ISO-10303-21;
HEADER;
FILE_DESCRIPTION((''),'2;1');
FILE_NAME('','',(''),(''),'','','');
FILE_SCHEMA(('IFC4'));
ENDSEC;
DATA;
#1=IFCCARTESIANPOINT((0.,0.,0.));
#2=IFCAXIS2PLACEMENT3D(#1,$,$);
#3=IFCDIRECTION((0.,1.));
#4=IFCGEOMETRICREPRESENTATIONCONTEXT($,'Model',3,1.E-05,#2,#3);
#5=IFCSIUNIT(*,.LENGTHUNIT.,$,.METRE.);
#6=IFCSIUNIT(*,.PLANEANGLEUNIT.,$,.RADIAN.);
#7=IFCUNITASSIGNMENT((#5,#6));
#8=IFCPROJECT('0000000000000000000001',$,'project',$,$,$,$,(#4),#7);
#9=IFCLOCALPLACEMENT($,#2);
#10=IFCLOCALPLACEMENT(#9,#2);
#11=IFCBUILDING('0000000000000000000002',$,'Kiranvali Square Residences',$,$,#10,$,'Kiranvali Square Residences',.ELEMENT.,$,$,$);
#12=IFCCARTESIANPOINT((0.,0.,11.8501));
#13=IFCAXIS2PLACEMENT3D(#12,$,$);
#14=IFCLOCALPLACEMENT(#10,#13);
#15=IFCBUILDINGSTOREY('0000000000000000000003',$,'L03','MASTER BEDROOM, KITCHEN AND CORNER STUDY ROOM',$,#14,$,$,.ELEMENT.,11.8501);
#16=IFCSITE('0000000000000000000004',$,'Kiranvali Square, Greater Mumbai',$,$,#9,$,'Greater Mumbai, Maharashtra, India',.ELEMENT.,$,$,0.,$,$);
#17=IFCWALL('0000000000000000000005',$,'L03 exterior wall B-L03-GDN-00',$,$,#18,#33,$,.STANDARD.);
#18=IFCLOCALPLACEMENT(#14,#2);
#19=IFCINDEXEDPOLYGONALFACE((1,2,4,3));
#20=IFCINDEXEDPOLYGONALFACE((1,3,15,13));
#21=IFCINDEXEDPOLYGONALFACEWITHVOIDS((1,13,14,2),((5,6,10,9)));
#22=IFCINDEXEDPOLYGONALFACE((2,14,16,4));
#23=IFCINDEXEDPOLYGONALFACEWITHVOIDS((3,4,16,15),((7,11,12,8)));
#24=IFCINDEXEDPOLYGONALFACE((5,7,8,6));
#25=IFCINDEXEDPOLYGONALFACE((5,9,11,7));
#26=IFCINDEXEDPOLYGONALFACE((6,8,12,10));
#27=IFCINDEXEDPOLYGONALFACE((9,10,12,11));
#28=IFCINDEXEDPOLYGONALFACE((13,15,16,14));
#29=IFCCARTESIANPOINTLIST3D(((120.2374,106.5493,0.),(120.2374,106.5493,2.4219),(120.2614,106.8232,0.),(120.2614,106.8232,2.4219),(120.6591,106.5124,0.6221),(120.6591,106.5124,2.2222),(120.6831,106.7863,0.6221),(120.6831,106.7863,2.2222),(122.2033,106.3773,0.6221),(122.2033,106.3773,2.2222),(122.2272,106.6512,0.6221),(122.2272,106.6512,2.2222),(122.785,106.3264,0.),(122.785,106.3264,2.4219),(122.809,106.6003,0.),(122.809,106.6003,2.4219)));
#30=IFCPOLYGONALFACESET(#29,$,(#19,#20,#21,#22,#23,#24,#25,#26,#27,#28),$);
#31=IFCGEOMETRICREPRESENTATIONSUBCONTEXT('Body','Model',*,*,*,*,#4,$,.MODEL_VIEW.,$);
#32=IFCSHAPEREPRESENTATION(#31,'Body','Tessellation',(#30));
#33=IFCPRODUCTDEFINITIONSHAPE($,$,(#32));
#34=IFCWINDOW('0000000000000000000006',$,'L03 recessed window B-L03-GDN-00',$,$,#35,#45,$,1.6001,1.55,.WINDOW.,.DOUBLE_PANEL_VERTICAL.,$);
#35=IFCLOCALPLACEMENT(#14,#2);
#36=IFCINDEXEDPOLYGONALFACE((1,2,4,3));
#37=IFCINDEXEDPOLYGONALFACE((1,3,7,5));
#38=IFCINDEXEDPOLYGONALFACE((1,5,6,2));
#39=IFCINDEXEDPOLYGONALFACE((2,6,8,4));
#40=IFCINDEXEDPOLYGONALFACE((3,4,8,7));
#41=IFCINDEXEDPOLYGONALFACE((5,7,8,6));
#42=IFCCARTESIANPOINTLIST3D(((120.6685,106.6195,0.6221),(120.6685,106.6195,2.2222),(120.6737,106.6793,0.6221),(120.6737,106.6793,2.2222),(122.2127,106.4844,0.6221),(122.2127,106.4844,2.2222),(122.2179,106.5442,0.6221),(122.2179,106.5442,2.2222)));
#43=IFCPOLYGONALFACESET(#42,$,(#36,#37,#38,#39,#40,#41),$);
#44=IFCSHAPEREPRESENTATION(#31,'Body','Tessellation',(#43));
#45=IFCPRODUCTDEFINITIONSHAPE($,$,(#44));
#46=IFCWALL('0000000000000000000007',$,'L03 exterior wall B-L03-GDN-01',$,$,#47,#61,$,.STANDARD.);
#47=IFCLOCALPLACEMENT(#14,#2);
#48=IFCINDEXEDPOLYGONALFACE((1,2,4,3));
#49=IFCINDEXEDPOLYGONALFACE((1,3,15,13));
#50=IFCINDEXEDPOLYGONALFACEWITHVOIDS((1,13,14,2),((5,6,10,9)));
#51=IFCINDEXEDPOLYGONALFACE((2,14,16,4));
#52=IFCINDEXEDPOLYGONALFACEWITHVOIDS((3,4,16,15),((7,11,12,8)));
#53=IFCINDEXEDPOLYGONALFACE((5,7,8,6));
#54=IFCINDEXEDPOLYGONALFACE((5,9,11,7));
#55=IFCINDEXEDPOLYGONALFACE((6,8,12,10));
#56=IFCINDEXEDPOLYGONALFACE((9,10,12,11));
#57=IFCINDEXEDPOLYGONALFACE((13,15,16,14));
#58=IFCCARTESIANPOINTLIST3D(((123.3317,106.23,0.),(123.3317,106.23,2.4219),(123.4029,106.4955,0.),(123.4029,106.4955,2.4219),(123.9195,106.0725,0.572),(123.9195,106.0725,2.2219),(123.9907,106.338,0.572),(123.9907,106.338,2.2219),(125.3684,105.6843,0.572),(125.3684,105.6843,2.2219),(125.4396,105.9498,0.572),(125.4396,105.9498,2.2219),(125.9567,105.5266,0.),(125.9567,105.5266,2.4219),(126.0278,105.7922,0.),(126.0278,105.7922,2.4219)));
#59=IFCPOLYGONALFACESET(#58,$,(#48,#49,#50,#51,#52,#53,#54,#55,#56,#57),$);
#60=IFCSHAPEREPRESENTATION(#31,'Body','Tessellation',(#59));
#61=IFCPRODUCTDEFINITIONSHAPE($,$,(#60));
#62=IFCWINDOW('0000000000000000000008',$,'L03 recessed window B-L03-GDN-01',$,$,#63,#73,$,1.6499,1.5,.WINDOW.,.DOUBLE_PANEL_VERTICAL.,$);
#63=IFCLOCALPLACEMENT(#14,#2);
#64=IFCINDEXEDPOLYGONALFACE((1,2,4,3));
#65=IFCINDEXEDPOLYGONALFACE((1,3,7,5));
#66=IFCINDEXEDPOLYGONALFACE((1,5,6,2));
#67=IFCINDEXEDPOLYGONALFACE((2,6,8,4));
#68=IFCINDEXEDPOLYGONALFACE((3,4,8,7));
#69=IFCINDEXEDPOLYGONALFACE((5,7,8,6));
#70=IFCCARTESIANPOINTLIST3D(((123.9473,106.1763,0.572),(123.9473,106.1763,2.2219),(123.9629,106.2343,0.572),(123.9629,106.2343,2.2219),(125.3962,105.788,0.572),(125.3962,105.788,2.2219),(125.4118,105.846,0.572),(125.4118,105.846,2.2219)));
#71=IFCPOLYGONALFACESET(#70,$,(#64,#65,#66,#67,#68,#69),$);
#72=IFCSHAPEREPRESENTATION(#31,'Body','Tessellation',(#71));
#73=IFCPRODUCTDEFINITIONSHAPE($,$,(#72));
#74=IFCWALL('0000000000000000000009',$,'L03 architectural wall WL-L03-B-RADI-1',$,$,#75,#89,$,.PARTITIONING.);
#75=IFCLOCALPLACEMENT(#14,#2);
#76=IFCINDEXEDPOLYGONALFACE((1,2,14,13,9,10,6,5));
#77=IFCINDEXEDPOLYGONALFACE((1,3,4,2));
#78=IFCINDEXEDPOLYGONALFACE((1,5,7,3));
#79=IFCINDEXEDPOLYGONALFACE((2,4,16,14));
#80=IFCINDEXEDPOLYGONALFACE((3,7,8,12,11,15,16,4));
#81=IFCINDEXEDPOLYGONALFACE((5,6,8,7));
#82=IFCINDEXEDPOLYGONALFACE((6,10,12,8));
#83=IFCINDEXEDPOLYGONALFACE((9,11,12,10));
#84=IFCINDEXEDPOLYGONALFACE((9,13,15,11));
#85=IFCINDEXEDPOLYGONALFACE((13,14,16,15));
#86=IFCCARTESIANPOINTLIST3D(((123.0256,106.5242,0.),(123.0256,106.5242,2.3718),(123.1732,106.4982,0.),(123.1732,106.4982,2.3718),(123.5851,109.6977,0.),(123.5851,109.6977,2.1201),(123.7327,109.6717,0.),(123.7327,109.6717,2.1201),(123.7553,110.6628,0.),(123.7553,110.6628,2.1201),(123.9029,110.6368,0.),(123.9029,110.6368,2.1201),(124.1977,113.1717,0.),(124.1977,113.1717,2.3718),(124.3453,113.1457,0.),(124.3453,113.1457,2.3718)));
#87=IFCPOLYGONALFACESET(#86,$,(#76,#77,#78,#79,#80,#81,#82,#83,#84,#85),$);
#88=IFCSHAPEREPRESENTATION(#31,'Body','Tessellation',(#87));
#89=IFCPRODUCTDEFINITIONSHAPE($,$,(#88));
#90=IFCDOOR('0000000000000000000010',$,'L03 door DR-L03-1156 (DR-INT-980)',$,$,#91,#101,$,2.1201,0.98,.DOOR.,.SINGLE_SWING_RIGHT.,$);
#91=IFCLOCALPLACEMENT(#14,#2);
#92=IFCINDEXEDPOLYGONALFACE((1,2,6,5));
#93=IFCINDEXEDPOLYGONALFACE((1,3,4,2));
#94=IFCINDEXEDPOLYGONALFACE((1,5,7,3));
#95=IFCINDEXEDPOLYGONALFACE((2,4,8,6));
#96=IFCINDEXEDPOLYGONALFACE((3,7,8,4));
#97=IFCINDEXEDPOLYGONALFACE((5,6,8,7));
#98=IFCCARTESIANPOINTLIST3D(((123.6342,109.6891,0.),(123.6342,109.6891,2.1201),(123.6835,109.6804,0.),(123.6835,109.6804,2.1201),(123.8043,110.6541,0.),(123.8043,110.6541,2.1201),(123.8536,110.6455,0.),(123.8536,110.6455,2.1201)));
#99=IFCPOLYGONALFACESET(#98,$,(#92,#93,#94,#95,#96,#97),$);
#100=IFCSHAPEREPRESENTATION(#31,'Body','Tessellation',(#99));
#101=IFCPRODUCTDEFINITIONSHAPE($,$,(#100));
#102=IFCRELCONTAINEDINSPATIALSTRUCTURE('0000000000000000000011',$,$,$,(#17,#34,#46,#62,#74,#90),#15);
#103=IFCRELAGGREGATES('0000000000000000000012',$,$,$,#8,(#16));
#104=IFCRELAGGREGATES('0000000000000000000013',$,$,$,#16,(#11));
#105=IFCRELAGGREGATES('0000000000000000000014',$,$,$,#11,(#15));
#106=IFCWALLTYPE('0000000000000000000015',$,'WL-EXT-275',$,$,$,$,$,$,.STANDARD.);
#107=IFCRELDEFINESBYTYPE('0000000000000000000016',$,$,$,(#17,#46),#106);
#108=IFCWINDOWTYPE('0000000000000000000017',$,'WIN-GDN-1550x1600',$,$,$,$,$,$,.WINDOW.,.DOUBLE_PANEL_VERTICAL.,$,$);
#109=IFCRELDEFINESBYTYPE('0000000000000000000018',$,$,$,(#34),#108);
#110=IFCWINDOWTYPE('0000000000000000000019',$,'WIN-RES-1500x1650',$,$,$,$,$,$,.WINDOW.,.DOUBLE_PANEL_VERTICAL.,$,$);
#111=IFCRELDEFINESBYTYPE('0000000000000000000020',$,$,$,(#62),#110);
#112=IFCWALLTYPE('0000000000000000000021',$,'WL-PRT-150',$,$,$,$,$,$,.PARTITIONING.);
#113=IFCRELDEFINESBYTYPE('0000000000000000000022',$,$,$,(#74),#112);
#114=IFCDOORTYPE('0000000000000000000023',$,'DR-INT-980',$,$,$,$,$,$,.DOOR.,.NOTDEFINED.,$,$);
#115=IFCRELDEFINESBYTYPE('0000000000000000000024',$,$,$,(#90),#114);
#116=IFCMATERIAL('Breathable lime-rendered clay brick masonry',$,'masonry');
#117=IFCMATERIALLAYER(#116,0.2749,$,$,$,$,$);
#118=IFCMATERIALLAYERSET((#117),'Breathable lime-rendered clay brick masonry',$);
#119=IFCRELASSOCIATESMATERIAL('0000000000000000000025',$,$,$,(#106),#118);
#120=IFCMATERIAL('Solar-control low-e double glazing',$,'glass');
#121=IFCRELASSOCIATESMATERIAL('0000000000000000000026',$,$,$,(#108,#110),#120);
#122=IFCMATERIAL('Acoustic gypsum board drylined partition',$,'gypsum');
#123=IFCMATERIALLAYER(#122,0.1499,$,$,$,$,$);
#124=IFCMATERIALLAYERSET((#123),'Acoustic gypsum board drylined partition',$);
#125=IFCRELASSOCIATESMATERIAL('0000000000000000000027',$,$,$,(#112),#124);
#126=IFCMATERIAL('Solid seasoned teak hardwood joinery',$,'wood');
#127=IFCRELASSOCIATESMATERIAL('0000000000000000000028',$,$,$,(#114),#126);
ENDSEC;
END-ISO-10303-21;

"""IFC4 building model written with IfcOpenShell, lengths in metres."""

from ifc_helpers import new_model, si_unit, direction, frame, frame_2d, origin, place, context, subcontext, project, spatial, rectangle, extrude, material, layer, layer_set, type_object, element, fill, save


model = new_model("IFC4")

# Units and contexts
model_context = context("Model", 3, precision=1e-05, world=origin(), true_north=direction((0.0, 1.0)))
body_context = subcontext(model_context, "Body", "Model", "MODEL_VIEW")
ifc_project = project(units=[si_unit("LENGTHUNIT", "METRE"), si_unit("PLANEANGLEUNIT", "RADIAN")], contexts=[model_context])

# Site, building, storey
site_placement = place(None, origin())
site = spatial("IfcSite", under=ifc_project, at=site_placement, Name="Kiranvali Square, Greater Mumbai", LongName="Greater Mumbai, Maharashtra, India", CompositionType="ELEMENT", RefElevation=0.0)
building_placement = place(site_placement, origin())
building = spatial("IfcBuilding", under=site, at=building_placement, Name="Kiranvali Square Residences", LongName="Kiranvali Square Residences", CompositionType="ELEMENT")
storey_placement = place(building_placement, frame((0.0, 0.0, 11.8501)))
storey = spatial("IfcBuildingStorey", under=building, at=storey_placement, Name="L03", Description="MASTER BEDROOM, KITCHEN AND CORNER STUDY ROOM", CompositionType="ELEMENT", Elevation=11.8501)

# Walls, openings, windows
ifc_material_1 = material(Name="Breathable lime-rendered clay brick masonry", Category="masonry")
ifc_layer_1 = layer(ifc_material_1, 0.2749)
ifc_layer_set_1 = layer_set([ifc_layer_1], Name="Breathable lime-rendered clay brick masonry")
wall_type_1 = type_object("IfcWallType", Name="WL-EXT-275", PredefinedType="STANDARD", material=ifc_layer_set_1)
wall_1_placement = place(storey_placement, frame((120.2493, 106.6863, 0.0), z_axis=(0.0, 0.0, 1.0), x_axis=(0.996194, -0.087161, 0.0)))
wall_1 = element("IfcWall", 1, at=wall_1_placement, inside=storey, type_object=wall_type_1, Name="L03 exterior wall B-L03-GDN-00", PredefinedType="STANDARD", context=body_context, shape_type="SweptSolid", body=[
    extrude(rectangle(XDim=2.5574, YDim=0.2749, at=frame_2d((1.2788, 0.0))), origin(), (0.0, 0.0, 1.0), 2.4219),
])
opening_1_placement = place(wall_1_placement, frame((0.4236, 0.0, 0.6221)))
opening_1 = element("IfcOpeningElement", 2, at=opening_1_placement, cuts=wall_1, PredefinedType="OPENING", context=body_context, shape_type="SweptSolid", body=[
    extrude(rectangle(XDim=1.55, YDim=1.6001, at=frame_2d((0.7749, 0.8))), frame((0.0, 0.1475, 0.0), z_axis=(0.0, -1.0, 0.0), x_axis=(1.0, 0.0, 0.0)), (0.0, 0.0, 1.0), 0.2949),
])
ifc_material_2 = material(Name="Solar-control low-e double glazing", Category="glass")
window_type_1 = type_object("IfcWindowType", Name="WIN-GDN-1550x1600", PartitioningType="DOUBLE_PANEL_VERTICAL", PredefinedType="WINDOW", material=ifc_material_2)
window_1_placement = place(opening_1_placement, origin())
window_1 = element("IfcWindow", 3, at=window_1_placement, inside=storey, type_object=window_type_1, Name="L03 recessed window B-L03-GDN-00", OverallHeight=1.6001, OverallWidth=1.55, PartitioningType="DOUBLE_PANEL_VERTICAL", PredefinedType="WINDOW", context=body_context, shape_type="SweptSolid", body=[
    extrude(rectangle(XDim=1.55, YDim=1.6001, at=frame_2d((0.7749, 0.8))), frame((0.0, 0.03, 0.0), z_axis=(0.0, -1.0, 0.0), x_axis=(1.0, 0.0, 0.0)), (0.0, 0.0, 1.0), 0.0601),
])
fill(opening_1, window_1)
wall_2_placement = place(storey_placement, frame((123.3672, 106.3628, 0.0), z_axis=(0.0, 0.0, 1.0), x_axis=(0.965926, -0.25882, 0.0)))
wall_2 = element("IfcWall", 4, at=wall_2_placement, inside=storey, type_object=wall_type_1, Name="L03 exterior wall B-L03-GDN-01", PredefinedType="STANDARD", context=body_context, shape_type="SweptSolid", body=[
    extrude(rectangle(XDim=2.7175, YDim=0.2749, at=frame_2d((1.3589, 0.0))), origin(), (0.0, 0.0, 1.0), 2.4219),
])
opening_2_placement = place(wall_2_placement, frame((0.6086, 0.0, 0.572)))
opening_2 = element("IfcOpeningElement", 5, at=opening_2_placement, cuts=wall_2, PredefinedType="OPENING", context=body_context, shape_type="SweptSolid", body=[
    extrude(rectangle(XDim=1.5, YDim=1.6499, at=frame_2d((0.75, 0.825))), frame((0.0, 0.1475, 0.0), z_axis=(0.0, -1.0, 0.0), x_axis=(1.0, 0.0, 0.0)), (0.0, 0.0, 1.0), 0.2949),
])
window_type_2 = type_object("IfcWindowType", Name="WIN-RES-1500x1650", PartitioningType="DOUBLE_PANEL_VERTICAL", PredefinedType="WINDOW", material=ifc_material_2)
window_2_placement = place(opening_2_placement, origin())
window_2 = element("IfcWindow", 6, at=window_2_placement, inside=storey, type_object=window_type_2, Name="L03 recessed window B-L03-GDN-01", OverallHeight=1.6499, OverallWidth=1.5, PartitioningType="DOUBLE_PANEL_VERTICAL", PredefinedType="WINDOW", context=body_context, shape_type="SweptSolid", body=[
    extrude(rectangle(XDim=1.5, YDim=1.6499, at=frame_2d((0.75, 0.825))), frame((0.0, 0.03, 0.0), z_axis=(0.0, -1.0, 0.0), x_axis=(1.0, 0.0, 0.0)), (0.0, 0.0, 1.0), 0.0601),
])
fill(opening_2, window_2)

# Wall, opening, door
ifc_material_3 = material(Name="Acoustic gypsum board drylined partition", Category="gypsum")
ifc_layer_2 = layer(ifc_material_3, 0.1499)
ifc_layer_set_2 = layer_set([ifc_layer_2], Name="Acoustic gypsum board drylined partition")
wall_type_2 = type_object("IfcWallType", Name="WL-PRT-150", PredefinedType="PARTITIONING", material=ifc_layer_set_2)
wall_3_placement = place(storey_placement, frame((123.0994, 106.5112, 0.0), z_axis=(0.0, 0.0, 1.0), x_axis=(0.173647, 0.984808, 0.0)))
wall_3 = element("IfcWall", 7, at=wall_3_placement, inside=storey, type_object=wall_type_2, Name="L03 architectural wall WL-L03-B-RADI-1", PredefinedType="PARTITIONING", context=body_context, shape_type="SweptSolid", body=[
    extrude(rectangle(XDim=6.75, YDim=0.1499, at=frame_2d((3.375, 0.0))), origin(), (0.0, 0.0, 1.0), 2.3718),
])
opening_3_placement = place(wall_3_placement, frame((3.2224, 0.0, 0.0)))
opening_3 = element("IfcOpeningElement", 8, at=opening_3_placement, cuts=wall_3, PredefinedType="OPENING", context=body_context, shape_type="SweptSolid", body=[
    extrude(rectangle(XDim=0.98, YDim=2.1201, at=frame_2d((0.49, 1.0601))), frame((0.0, 0.085, 0.0), z_axis=(0.0, -1.0, 0.0), x_axis=(1.0, 0.0, 0.0)), (0.0, 0.0, 1.0), 0.1699),
])
ifc_material_4 = material(Name="Solid seasoned teak hardwood joinery", Category="wood")
door_type_1 = type_object("IfcDoorType", Name="DR-INT-980", OperationType="NOTDEFINED", PredefinedType="DOOR", material=ifc_material_4)
door_1_placement = place(opening_3_placement, frame((0.98, 0.0, 0.0), z_axis=(0.0, 0.0, 1.0), x_axis=(-1.0, 0.0, 0.0)))
door_1 = element("IfcDoor", 9, at=door_1_placement, inside=storey, type_object=door_type_1, Name="L03 door DR-L03-1156 (DR-INT-980)", OperationType="SINGLE_SWING_RIGHT", OverallHeight=2.1201, OverallWidth=0.98, PredefinedType="DOOR", context=body_context, shape_type="SweptSolid", body=[
    extrude(rectangle(XDim=0.98, YDim=2.1201, at=frame_2d((0.49, 1.0601))), frame((0.0, 0.0249, 0.0), z_axis=(0.0, -1.0, 0.0), x_axis=(1.0, 0.0, 0.0)), (0.0, 0.0, 1.0), 0.05),
])
fill(opening_3, door_1)

save(model, "model.ifc")
